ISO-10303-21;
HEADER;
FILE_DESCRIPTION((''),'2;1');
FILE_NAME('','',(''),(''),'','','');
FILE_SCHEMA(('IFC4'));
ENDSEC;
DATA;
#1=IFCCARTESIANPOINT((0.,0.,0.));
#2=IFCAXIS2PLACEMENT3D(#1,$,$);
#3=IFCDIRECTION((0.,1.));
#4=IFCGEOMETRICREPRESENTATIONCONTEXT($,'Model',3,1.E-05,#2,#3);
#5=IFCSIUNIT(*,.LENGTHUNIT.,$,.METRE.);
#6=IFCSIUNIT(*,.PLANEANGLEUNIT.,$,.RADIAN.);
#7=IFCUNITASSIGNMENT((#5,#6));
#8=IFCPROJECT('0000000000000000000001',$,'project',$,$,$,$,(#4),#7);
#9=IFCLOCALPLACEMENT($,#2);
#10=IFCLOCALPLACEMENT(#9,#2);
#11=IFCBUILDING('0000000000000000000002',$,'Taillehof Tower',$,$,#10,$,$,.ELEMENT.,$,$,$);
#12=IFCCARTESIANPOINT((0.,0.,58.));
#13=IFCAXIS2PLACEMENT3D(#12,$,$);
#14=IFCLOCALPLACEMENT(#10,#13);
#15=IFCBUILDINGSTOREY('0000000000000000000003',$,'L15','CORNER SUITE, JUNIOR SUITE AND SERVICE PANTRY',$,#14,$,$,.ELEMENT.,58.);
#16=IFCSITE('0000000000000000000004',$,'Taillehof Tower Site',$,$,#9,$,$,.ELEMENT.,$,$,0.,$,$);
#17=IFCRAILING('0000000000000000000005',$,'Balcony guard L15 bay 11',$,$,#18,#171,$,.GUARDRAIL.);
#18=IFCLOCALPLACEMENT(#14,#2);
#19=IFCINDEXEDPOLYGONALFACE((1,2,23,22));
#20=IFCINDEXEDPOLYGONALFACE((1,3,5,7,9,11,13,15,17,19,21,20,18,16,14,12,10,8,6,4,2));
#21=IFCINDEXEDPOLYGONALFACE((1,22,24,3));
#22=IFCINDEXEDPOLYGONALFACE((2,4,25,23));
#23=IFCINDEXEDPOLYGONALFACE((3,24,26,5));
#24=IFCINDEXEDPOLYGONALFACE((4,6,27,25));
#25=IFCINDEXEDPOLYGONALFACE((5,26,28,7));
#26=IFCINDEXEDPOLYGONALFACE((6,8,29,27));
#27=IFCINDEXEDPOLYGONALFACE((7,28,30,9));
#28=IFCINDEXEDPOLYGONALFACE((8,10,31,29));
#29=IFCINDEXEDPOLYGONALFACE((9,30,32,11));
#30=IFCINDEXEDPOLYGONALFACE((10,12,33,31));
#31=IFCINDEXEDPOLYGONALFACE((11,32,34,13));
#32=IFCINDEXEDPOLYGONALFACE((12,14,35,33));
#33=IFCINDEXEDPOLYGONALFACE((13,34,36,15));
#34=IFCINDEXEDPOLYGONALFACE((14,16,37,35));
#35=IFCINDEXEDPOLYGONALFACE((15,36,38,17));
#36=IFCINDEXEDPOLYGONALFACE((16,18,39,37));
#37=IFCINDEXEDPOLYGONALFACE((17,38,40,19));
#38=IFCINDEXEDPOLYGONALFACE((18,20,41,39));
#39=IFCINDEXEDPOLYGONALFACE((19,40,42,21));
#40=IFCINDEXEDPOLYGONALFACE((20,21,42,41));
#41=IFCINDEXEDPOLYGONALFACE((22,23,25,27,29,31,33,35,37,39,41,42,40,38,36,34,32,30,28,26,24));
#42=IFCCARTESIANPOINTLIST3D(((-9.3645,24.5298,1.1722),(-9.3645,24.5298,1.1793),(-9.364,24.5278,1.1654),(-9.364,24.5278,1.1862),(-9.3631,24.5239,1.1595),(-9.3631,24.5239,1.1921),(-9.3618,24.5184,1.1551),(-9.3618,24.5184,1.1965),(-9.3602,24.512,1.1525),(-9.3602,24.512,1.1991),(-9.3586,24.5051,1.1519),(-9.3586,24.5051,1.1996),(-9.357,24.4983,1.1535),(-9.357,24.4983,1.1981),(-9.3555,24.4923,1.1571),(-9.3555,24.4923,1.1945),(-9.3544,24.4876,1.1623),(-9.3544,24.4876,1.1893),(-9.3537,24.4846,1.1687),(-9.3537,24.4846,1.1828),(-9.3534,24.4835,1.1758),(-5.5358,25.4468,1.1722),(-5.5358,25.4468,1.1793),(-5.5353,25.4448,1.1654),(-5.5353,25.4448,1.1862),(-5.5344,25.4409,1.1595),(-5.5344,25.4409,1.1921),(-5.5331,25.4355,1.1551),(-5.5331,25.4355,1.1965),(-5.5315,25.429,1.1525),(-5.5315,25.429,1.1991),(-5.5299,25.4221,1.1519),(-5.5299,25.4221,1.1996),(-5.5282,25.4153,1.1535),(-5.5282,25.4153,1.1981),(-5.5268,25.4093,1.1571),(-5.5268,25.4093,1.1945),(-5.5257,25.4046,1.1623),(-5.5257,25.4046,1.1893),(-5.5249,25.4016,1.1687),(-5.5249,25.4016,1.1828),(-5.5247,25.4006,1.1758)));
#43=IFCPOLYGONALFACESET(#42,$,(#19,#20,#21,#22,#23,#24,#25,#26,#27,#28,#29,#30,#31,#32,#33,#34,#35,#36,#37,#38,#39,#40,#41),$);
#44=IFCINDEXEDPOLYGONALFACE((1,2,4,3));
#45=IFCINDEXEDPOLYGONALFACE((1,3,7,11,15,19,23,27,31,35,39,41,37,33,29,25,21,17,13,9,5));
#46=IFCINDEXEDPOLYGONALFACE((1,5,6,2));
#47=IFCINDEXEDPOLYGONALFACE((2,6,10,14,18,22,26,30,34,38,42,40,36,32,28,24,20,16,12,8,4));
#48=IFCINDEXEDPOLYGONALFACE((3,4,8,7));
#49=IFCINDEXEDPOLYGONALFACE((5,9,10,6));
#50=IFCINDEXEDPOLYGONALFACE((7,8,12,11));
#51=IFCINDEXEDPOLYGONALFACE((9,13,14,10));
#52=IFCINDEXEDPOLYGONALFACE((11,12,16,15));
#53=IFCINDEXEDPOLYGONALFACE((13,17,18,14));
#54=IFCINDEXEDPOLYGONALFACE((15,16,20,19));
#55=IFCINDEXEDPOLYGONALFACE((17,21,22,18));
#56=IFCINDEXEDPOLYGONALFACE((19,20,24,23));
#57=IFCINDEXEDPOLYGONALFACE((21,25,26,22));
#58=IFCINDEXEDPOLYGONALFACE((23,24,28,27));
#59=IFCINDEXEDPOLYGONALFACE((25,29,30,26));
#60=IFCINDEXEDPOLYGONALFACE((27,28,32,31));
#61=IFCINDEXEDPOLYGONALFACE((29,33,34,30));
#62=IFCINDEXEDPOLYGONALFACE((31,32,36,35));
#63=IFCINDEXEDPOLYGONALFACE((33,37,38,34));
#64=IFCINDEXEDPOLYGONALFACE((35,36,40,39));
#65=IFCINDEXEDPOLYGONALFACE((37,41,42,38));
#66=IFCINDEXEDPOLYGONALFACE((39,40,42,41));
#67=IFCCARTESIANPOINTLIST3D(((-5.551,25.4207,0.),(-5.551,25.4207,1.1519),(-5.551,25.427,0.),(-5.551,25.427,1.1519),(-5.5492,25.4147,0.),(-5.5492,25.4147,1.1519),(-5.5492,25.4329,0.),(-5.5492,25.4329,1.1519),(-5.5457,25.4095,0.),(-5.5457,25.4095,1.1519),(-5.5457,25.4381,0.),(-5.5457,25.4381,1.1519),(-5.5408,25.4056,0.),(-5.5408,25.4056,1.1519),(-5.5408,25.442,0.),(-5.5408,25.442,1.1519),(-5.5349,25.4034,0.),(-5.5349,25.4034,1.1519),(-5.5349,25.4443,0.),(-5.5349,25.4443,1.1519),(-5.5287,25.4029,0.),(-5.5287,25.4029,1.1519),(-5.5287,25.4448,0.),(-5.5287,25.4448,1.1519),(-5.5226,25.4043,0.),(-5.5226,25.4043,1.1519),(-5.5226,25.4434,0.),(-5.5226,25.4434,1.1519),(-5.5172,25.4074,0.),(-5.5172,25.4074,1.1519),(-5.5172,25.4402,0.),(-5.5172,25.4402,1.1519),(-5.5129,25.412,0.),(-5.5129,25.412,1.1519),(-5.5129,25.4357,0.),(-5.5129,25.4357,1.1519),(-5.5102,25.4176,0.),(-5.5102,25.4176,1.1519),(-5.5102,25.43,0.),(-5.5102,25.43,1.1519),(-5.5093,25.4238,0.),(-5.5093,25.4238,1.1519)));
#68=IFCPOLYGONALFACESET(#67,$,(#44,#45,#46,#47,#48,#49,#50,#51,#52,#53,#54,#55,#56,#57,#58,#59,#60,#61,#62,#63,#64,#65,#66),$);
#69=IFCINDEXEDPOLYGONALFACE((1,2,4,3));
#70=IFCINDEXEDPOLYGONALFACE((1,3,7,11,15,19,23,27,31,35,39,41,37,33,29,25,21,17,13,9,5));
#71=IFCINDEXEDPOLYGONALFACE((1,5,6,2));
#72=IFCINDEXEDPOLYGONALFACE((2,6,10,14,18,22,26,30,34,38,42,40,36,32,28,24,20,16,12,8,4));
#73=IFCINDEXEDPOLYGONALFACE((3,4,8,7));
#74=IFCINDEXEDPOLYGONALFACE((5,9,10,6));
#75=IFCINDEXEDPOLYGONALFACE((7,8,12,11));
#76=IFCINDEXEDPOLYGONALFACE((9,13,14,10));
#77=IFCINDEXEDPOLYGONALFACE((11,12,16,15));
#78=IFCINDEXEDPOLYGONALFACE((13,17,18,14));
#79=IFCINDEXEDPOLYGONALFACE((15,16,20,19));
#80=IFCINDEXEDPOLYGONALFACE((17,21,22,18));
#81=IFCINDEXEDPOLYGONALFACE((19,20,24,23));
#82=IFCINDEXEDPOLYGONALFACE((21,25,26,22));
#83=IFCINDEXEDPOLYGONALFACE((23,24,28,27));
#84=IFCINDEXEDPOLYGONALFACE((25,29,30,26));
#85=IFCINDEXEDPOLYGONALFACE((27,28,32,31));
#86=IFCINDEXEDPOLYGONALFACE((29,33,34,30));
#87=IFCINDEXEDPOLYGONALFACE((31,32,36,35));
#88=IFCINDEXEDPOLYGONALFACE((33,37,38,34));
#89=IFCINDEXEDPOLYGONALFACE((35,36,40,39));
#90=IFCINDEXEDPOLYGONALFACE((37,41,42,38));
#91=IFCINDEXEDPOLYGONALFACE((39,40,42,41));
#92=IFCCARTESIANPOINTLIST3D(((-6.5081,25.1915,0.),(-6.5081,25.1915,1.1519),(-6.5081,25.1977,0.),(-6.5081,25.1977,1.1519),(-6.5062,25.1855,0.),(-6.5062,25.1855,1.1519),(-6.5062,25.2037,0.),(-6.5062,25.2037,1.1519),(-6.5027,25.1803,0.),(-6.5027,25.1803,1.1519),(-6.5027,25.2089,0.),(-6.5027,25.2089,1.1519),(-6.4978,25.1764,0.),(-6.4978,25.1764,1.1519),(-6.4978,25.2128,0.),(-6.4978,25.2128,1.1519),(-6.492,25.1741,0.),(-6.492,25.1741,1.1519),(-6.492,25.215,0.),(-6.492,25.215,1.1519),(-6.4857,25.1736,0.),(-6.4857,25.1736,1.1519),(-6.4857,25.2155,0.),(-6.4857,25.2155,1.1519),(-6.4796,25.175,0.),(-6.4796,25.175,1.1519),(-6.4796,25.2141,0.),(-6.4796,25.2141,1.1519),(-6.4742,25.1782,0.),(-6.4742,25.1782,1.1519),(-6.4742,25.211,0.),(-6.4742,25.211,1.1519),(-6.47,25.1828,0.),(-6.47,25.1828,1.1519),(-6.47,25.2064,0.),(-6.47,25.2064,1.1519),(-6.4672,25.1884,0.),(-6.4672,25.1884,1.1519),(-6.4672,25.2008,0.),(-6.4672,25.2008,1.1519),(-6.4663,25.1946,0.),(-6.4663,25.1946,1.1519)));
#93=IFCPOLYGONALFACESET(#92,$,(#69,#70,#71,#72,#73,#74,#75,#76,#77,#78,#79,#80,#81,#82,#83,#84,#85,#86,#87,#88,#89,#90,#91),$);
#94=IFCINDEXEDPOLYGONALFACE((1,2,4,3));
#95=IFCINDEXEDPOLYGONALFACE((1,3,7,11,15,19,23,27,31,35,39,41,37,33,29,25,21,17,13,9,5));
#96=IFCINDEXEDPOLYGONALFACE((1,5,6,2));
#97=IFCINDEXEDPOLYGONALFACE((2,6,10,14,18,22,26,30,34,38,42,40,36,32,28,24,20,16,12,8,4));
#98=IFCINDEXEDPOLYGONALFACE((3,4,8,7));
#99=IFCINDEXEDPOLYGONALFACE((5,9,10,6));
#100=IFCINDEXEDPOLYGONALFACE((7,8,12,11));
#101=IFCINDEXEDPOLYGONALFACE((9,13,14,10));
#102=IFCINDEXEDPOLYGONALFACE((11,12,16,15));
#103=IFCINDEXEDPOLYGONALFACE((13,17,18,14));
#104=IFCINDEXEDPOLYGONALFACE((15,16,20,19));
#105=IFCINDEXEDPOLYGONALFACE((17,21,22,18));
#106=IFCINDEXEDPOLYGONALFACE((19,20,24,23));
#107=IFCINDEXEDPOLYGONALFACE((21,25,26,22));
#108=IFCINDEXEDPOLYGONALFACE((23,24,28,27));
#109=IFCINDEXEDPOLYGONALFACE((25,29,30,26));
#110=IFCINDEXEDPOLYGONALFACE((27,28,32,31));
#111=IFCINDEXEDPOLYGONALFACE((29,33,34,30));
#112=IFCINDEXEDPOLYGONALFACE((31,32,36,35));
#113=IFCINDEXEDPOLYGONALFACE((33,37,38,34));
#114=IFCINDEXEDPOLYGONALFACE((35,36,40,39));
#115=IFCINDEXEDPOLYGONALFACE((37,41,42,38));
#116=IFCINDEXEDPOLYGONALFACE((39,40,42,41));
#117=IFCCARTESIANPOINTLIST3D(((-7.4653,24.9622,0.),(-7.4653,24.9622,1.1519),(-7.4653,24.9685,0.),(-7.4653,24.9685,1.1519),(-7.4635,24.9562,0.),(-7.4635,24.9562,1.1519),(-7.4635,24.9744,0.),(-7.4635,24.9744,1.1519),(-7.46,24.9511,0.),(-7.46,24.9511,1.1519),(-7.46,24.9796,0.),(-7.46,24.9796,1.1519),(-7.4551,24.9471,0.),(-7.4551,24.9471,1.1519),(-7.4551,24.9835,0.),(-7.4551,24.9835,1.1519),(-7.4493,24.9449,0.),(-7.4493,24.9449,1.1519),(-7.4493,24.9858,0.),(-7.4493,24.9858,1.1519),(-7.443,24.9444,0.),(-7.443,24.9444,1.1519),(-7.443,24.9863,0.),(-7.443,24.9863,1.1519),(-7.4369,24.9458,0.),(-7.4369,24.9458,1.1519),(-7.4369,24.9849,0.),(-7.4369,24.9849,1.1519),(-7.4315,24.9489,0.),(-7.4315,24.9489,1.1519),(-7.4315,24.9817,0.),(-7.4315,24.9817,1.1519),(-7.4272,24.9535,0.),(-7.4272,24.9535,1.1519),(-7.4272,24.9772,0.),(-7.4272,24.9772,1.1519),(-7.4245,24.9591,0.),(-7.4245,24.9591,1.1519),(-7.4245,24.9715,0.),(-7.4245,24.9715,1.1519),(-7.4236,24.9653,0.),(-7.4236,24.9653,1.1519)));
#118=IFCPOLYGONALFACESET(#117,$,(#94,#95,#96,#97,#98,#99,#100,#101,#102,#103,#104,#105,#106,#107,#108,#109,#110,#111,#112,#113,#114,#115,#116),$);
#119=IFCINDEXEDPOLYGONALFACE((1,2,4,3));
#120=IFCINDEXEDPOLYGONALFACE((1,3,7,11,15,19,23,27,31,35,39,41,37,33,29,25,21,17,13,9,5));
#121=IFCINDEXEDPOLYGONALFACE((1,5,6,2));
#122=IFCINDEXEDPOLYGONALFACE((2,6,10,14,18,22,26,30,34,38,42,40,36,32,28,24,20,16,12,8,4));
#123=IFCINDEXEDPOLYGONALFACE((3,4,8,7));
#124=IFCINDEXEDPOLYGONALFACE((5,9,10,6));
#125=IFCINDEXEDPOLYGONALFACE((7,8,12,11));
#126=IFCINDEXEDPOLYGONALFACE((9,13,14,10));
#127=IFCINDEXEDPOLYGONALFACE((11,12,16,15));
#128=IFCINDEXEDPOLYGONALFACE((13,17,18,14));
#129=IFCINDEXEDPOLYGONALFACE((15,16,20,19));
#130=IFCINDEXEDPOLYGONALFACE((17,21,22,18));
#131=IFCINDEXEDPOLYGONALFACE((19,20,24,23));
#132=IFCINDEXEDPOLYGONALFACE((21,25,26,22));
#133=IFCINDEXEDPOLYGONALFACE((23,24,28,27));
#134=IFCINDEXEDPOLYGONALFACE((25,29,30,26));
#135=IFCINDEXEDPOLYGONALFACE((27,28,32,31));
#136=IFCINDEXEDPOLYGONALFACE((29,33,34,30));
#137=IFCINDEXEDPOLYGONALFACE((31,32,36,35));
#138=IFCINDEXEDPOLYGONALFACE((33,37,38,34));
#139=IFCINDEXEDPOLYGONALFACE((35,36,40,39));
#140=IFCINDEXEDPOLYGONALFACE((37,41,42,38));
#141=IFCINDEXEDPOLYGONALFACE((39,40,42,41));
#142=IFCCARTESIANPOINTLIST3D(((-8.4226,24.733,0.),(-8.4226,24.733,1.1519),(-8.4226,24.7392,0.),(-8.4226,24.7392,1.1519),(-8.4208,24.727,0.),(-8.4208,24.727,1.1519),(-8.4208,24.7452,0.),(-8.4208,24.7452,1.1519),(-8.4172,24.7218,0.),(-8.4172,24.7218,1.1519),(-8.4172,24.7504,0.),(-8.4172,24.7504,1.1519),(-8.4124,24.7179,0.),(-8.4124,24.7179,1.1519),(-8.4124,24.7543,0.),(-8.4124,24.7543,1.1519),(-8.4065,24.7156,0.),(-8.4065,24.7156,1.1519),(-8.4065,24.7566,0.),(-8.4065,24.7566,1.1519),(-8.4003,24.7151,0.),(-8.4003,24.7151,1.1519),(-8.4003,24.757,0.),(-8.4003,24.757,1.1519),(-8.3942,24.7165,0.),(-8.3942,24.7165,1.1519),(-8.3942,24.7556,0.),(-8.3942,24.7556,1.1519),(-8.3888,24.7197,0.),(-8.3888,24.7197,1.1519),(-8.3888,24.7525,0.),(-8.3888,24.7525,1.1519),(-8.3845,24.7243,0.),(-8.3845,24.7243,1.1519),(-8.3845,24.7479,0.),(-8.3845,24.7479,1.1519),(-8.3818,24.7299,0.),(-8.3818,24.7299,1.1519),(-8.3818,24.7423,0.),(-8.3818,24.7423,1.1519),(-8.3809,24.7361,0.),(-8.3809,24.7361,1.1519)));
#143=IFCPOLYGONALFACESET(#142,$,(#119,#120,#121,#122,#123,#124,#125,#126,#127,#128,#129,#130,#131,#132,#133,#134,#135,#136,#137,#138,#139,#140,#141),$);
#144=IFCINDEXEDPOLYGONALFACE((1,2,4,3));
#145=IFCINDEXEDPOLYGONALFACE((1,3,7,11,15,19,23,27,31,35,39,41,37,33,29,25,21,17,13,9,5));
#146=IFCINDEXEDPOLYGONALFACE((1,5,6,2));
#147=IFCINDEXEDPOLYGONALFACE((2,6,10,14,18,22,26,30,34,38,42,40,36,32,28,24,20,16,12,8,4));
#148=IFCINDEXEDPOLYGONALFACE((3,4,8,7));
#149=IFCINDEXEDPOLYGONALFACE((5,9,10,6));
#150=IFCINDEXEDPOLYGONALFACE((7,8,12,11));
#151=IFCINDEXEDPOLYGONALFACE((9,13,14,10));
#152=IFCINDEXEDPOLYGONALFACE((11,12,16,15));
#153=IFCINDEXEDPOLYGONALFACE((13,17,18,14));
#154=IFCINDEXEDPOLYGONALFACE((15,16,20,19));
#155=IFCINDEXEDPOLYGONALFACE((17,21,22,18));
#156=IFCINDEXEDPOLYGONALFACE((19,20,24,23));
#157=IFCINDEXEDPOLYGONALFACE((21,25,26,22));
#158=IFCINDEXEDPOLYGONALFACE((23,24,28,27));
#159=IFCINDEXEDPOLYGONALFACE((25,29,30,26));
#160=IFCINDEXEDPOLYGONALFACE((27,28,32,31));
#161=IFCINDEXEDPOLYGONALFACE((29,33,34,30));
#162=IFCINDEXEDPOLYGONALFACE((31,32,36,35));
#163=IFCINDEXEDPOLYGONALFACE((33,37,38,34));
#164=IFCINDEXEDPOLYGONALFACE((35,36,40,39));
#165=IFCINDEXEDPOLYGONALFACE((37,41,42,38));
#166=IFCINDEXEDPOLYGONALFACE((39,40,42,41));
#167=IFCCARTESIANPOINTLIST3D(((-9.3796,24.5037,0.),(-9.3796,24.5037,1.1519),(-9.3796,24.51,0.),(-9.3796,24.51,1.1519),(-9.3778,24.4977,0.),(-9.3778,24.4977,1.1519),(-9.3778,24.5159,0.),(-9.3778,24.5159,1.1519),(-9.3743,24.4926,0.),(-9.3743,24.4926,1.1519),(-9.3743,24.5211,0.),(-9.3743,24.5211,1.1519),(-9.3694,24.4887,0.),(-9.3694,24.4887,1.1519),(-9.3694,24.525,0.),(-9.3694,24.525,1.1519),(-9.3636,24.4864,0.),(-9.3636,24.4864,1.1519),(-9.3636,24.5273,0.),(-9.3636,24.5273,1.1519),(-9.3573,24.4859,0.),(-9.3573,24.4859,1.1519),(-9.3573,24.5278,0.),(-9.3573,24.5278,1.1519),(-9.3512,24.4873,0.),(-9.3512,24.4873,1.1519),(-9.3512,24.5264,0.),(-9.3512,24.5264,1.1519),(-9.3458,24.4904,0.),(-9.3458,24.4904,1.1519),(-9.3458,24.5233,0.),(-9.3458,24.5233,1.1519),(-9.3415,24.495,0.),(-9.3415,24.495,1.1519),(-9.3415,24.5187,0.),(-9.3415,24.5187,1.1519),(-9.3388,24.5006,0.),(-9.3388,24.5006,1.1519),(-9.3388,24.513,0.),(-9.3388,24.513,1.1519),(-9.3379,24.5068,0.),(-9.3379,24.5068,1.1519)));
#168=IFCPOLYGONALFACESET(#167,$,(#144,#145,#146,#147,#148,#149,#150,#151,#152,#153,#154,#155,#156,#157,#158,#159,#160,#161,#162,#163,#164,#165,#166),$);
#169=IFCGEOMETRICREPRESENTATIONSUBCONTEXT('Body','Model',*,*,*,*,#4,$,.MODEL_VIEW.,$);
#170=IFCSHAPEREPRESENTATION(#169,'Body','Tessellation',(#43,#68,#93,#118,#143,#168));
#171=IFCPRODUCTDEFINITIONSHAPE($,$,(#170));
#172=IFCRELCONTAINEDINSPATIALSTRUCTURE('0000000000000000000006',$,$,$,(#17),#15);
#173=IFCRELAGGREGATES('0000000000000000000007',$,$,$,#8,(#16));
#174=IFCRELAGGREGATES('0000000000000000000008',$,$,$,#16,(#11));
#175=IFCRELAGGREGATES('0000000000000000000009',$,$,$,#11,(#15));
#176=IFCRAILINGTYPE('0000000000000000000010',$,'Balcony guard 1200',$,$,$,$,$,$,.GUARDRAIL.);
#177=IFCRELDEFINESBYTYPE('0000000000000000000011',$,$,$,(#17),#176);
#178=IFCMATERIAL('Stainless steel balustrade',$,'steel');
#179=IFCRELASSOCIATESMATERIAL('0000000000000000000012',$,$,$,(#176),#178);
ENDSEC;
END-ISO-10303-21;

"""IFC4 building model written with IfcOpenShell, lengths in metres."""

from ifc_helpers import new_model, si_unit, direction, frame, origin, origin_2d, place, context, subcontext, project, spatial, circle, extrude, material, type_object, element, save


model = new_model("IFC4")

# Units and contexts
model_context = context("Model", 3, precision=1e-05, world=origin(), true_north=direction((0.0, 1.0)))
body_context = subcontext(model_context, "Body", "Model", "MODEL_VIEW")
ifc_project = project(units=[si_unit("LENGTHUNIT", "METRE"), si_unit("PLANEANGLEUNIT", "RADIAN")], contexts=[model_context])

# Site, building, storey
site_placement = place(None, origin())
site = spatial("IfcSite", under=ifc_project, at=site_placement, Name="Taillehof Tower Site", CompositionType="ELEMENT", RefElevation=0.0)
building_placement = place(site_placement, origin())
building = spatial("IfcBuilding", under=site, at=building_placement, Name="Taillehof Tower", CompositionType="ELEMENT")
storey_placement = place(building_placement, frame((0.0, 0.0, 58.0)))
storey = spatial("IfcBuildingStorey", under=building, at=storey_placement, Name="L15", Description="CORNER SUITE, JUNIOR SUITE AND SERVICE PANTRY", CompositionType="ELEMENT", Elevation=58.0)

# Railing
ifc_material_1 = material(Name="Stainless steel balustrade", Category="steel")
railing_type = type_object("IfcRailingType", Name="Balcony guard 1200", PredefinedType="GUARDRAIL", material=ifc_material_1)
railing_placement = place(storey_placement, frame((-5.5303, 25.4238, 0.0)))
element("IfcRailing", 1, at=railing_placement, inside=storey, type_object=railing_type, Name="Balcony guard L15 bay 11", PredefinedType="GUARDRAIL", context=body_context, shape_type="SweptSolid", body=[
    extrude(circle(Radius=0.0239, at=origin_2d()), frame((0.0, 0.0, 1.1758), z_axis=(-0.972495, -0.232923, 0.0), x_axis=(0.232923, -0.972495, 0.0)), (0.0, 0.0, 1.0), 3.937),
    extrude(circle(Radius=0.021, at=origin_2d()), origin(), (0.0, 0.0, 1.0), 1.1519),
    extrude(circle(Radius=0.021, at=origin_2d()), frame((-0.957, -0.2292, 0.0)), (0.0, 0.0, 1.0), 1.1519),
    extrude(circle(Radius=0.021, at=origin_2d()), frame((-1.9143, -0.4585, 0.0)), (0.0, 0.0, 1.0), 1.1519),
    extrude(circle(Radius=0.021, at=origin_2d()), frame((-2.8716, -0.6877, 0.0)), (0.0, 0.0, 1.0), 1.1519),
    extrude(circle(Radius=0.021, at=origin_2d()), frame((-3.8286, -0.917, 0.0)), (0.0, 0.0, 1.0), 1.1519),
])

save(model, "model.ifc")
